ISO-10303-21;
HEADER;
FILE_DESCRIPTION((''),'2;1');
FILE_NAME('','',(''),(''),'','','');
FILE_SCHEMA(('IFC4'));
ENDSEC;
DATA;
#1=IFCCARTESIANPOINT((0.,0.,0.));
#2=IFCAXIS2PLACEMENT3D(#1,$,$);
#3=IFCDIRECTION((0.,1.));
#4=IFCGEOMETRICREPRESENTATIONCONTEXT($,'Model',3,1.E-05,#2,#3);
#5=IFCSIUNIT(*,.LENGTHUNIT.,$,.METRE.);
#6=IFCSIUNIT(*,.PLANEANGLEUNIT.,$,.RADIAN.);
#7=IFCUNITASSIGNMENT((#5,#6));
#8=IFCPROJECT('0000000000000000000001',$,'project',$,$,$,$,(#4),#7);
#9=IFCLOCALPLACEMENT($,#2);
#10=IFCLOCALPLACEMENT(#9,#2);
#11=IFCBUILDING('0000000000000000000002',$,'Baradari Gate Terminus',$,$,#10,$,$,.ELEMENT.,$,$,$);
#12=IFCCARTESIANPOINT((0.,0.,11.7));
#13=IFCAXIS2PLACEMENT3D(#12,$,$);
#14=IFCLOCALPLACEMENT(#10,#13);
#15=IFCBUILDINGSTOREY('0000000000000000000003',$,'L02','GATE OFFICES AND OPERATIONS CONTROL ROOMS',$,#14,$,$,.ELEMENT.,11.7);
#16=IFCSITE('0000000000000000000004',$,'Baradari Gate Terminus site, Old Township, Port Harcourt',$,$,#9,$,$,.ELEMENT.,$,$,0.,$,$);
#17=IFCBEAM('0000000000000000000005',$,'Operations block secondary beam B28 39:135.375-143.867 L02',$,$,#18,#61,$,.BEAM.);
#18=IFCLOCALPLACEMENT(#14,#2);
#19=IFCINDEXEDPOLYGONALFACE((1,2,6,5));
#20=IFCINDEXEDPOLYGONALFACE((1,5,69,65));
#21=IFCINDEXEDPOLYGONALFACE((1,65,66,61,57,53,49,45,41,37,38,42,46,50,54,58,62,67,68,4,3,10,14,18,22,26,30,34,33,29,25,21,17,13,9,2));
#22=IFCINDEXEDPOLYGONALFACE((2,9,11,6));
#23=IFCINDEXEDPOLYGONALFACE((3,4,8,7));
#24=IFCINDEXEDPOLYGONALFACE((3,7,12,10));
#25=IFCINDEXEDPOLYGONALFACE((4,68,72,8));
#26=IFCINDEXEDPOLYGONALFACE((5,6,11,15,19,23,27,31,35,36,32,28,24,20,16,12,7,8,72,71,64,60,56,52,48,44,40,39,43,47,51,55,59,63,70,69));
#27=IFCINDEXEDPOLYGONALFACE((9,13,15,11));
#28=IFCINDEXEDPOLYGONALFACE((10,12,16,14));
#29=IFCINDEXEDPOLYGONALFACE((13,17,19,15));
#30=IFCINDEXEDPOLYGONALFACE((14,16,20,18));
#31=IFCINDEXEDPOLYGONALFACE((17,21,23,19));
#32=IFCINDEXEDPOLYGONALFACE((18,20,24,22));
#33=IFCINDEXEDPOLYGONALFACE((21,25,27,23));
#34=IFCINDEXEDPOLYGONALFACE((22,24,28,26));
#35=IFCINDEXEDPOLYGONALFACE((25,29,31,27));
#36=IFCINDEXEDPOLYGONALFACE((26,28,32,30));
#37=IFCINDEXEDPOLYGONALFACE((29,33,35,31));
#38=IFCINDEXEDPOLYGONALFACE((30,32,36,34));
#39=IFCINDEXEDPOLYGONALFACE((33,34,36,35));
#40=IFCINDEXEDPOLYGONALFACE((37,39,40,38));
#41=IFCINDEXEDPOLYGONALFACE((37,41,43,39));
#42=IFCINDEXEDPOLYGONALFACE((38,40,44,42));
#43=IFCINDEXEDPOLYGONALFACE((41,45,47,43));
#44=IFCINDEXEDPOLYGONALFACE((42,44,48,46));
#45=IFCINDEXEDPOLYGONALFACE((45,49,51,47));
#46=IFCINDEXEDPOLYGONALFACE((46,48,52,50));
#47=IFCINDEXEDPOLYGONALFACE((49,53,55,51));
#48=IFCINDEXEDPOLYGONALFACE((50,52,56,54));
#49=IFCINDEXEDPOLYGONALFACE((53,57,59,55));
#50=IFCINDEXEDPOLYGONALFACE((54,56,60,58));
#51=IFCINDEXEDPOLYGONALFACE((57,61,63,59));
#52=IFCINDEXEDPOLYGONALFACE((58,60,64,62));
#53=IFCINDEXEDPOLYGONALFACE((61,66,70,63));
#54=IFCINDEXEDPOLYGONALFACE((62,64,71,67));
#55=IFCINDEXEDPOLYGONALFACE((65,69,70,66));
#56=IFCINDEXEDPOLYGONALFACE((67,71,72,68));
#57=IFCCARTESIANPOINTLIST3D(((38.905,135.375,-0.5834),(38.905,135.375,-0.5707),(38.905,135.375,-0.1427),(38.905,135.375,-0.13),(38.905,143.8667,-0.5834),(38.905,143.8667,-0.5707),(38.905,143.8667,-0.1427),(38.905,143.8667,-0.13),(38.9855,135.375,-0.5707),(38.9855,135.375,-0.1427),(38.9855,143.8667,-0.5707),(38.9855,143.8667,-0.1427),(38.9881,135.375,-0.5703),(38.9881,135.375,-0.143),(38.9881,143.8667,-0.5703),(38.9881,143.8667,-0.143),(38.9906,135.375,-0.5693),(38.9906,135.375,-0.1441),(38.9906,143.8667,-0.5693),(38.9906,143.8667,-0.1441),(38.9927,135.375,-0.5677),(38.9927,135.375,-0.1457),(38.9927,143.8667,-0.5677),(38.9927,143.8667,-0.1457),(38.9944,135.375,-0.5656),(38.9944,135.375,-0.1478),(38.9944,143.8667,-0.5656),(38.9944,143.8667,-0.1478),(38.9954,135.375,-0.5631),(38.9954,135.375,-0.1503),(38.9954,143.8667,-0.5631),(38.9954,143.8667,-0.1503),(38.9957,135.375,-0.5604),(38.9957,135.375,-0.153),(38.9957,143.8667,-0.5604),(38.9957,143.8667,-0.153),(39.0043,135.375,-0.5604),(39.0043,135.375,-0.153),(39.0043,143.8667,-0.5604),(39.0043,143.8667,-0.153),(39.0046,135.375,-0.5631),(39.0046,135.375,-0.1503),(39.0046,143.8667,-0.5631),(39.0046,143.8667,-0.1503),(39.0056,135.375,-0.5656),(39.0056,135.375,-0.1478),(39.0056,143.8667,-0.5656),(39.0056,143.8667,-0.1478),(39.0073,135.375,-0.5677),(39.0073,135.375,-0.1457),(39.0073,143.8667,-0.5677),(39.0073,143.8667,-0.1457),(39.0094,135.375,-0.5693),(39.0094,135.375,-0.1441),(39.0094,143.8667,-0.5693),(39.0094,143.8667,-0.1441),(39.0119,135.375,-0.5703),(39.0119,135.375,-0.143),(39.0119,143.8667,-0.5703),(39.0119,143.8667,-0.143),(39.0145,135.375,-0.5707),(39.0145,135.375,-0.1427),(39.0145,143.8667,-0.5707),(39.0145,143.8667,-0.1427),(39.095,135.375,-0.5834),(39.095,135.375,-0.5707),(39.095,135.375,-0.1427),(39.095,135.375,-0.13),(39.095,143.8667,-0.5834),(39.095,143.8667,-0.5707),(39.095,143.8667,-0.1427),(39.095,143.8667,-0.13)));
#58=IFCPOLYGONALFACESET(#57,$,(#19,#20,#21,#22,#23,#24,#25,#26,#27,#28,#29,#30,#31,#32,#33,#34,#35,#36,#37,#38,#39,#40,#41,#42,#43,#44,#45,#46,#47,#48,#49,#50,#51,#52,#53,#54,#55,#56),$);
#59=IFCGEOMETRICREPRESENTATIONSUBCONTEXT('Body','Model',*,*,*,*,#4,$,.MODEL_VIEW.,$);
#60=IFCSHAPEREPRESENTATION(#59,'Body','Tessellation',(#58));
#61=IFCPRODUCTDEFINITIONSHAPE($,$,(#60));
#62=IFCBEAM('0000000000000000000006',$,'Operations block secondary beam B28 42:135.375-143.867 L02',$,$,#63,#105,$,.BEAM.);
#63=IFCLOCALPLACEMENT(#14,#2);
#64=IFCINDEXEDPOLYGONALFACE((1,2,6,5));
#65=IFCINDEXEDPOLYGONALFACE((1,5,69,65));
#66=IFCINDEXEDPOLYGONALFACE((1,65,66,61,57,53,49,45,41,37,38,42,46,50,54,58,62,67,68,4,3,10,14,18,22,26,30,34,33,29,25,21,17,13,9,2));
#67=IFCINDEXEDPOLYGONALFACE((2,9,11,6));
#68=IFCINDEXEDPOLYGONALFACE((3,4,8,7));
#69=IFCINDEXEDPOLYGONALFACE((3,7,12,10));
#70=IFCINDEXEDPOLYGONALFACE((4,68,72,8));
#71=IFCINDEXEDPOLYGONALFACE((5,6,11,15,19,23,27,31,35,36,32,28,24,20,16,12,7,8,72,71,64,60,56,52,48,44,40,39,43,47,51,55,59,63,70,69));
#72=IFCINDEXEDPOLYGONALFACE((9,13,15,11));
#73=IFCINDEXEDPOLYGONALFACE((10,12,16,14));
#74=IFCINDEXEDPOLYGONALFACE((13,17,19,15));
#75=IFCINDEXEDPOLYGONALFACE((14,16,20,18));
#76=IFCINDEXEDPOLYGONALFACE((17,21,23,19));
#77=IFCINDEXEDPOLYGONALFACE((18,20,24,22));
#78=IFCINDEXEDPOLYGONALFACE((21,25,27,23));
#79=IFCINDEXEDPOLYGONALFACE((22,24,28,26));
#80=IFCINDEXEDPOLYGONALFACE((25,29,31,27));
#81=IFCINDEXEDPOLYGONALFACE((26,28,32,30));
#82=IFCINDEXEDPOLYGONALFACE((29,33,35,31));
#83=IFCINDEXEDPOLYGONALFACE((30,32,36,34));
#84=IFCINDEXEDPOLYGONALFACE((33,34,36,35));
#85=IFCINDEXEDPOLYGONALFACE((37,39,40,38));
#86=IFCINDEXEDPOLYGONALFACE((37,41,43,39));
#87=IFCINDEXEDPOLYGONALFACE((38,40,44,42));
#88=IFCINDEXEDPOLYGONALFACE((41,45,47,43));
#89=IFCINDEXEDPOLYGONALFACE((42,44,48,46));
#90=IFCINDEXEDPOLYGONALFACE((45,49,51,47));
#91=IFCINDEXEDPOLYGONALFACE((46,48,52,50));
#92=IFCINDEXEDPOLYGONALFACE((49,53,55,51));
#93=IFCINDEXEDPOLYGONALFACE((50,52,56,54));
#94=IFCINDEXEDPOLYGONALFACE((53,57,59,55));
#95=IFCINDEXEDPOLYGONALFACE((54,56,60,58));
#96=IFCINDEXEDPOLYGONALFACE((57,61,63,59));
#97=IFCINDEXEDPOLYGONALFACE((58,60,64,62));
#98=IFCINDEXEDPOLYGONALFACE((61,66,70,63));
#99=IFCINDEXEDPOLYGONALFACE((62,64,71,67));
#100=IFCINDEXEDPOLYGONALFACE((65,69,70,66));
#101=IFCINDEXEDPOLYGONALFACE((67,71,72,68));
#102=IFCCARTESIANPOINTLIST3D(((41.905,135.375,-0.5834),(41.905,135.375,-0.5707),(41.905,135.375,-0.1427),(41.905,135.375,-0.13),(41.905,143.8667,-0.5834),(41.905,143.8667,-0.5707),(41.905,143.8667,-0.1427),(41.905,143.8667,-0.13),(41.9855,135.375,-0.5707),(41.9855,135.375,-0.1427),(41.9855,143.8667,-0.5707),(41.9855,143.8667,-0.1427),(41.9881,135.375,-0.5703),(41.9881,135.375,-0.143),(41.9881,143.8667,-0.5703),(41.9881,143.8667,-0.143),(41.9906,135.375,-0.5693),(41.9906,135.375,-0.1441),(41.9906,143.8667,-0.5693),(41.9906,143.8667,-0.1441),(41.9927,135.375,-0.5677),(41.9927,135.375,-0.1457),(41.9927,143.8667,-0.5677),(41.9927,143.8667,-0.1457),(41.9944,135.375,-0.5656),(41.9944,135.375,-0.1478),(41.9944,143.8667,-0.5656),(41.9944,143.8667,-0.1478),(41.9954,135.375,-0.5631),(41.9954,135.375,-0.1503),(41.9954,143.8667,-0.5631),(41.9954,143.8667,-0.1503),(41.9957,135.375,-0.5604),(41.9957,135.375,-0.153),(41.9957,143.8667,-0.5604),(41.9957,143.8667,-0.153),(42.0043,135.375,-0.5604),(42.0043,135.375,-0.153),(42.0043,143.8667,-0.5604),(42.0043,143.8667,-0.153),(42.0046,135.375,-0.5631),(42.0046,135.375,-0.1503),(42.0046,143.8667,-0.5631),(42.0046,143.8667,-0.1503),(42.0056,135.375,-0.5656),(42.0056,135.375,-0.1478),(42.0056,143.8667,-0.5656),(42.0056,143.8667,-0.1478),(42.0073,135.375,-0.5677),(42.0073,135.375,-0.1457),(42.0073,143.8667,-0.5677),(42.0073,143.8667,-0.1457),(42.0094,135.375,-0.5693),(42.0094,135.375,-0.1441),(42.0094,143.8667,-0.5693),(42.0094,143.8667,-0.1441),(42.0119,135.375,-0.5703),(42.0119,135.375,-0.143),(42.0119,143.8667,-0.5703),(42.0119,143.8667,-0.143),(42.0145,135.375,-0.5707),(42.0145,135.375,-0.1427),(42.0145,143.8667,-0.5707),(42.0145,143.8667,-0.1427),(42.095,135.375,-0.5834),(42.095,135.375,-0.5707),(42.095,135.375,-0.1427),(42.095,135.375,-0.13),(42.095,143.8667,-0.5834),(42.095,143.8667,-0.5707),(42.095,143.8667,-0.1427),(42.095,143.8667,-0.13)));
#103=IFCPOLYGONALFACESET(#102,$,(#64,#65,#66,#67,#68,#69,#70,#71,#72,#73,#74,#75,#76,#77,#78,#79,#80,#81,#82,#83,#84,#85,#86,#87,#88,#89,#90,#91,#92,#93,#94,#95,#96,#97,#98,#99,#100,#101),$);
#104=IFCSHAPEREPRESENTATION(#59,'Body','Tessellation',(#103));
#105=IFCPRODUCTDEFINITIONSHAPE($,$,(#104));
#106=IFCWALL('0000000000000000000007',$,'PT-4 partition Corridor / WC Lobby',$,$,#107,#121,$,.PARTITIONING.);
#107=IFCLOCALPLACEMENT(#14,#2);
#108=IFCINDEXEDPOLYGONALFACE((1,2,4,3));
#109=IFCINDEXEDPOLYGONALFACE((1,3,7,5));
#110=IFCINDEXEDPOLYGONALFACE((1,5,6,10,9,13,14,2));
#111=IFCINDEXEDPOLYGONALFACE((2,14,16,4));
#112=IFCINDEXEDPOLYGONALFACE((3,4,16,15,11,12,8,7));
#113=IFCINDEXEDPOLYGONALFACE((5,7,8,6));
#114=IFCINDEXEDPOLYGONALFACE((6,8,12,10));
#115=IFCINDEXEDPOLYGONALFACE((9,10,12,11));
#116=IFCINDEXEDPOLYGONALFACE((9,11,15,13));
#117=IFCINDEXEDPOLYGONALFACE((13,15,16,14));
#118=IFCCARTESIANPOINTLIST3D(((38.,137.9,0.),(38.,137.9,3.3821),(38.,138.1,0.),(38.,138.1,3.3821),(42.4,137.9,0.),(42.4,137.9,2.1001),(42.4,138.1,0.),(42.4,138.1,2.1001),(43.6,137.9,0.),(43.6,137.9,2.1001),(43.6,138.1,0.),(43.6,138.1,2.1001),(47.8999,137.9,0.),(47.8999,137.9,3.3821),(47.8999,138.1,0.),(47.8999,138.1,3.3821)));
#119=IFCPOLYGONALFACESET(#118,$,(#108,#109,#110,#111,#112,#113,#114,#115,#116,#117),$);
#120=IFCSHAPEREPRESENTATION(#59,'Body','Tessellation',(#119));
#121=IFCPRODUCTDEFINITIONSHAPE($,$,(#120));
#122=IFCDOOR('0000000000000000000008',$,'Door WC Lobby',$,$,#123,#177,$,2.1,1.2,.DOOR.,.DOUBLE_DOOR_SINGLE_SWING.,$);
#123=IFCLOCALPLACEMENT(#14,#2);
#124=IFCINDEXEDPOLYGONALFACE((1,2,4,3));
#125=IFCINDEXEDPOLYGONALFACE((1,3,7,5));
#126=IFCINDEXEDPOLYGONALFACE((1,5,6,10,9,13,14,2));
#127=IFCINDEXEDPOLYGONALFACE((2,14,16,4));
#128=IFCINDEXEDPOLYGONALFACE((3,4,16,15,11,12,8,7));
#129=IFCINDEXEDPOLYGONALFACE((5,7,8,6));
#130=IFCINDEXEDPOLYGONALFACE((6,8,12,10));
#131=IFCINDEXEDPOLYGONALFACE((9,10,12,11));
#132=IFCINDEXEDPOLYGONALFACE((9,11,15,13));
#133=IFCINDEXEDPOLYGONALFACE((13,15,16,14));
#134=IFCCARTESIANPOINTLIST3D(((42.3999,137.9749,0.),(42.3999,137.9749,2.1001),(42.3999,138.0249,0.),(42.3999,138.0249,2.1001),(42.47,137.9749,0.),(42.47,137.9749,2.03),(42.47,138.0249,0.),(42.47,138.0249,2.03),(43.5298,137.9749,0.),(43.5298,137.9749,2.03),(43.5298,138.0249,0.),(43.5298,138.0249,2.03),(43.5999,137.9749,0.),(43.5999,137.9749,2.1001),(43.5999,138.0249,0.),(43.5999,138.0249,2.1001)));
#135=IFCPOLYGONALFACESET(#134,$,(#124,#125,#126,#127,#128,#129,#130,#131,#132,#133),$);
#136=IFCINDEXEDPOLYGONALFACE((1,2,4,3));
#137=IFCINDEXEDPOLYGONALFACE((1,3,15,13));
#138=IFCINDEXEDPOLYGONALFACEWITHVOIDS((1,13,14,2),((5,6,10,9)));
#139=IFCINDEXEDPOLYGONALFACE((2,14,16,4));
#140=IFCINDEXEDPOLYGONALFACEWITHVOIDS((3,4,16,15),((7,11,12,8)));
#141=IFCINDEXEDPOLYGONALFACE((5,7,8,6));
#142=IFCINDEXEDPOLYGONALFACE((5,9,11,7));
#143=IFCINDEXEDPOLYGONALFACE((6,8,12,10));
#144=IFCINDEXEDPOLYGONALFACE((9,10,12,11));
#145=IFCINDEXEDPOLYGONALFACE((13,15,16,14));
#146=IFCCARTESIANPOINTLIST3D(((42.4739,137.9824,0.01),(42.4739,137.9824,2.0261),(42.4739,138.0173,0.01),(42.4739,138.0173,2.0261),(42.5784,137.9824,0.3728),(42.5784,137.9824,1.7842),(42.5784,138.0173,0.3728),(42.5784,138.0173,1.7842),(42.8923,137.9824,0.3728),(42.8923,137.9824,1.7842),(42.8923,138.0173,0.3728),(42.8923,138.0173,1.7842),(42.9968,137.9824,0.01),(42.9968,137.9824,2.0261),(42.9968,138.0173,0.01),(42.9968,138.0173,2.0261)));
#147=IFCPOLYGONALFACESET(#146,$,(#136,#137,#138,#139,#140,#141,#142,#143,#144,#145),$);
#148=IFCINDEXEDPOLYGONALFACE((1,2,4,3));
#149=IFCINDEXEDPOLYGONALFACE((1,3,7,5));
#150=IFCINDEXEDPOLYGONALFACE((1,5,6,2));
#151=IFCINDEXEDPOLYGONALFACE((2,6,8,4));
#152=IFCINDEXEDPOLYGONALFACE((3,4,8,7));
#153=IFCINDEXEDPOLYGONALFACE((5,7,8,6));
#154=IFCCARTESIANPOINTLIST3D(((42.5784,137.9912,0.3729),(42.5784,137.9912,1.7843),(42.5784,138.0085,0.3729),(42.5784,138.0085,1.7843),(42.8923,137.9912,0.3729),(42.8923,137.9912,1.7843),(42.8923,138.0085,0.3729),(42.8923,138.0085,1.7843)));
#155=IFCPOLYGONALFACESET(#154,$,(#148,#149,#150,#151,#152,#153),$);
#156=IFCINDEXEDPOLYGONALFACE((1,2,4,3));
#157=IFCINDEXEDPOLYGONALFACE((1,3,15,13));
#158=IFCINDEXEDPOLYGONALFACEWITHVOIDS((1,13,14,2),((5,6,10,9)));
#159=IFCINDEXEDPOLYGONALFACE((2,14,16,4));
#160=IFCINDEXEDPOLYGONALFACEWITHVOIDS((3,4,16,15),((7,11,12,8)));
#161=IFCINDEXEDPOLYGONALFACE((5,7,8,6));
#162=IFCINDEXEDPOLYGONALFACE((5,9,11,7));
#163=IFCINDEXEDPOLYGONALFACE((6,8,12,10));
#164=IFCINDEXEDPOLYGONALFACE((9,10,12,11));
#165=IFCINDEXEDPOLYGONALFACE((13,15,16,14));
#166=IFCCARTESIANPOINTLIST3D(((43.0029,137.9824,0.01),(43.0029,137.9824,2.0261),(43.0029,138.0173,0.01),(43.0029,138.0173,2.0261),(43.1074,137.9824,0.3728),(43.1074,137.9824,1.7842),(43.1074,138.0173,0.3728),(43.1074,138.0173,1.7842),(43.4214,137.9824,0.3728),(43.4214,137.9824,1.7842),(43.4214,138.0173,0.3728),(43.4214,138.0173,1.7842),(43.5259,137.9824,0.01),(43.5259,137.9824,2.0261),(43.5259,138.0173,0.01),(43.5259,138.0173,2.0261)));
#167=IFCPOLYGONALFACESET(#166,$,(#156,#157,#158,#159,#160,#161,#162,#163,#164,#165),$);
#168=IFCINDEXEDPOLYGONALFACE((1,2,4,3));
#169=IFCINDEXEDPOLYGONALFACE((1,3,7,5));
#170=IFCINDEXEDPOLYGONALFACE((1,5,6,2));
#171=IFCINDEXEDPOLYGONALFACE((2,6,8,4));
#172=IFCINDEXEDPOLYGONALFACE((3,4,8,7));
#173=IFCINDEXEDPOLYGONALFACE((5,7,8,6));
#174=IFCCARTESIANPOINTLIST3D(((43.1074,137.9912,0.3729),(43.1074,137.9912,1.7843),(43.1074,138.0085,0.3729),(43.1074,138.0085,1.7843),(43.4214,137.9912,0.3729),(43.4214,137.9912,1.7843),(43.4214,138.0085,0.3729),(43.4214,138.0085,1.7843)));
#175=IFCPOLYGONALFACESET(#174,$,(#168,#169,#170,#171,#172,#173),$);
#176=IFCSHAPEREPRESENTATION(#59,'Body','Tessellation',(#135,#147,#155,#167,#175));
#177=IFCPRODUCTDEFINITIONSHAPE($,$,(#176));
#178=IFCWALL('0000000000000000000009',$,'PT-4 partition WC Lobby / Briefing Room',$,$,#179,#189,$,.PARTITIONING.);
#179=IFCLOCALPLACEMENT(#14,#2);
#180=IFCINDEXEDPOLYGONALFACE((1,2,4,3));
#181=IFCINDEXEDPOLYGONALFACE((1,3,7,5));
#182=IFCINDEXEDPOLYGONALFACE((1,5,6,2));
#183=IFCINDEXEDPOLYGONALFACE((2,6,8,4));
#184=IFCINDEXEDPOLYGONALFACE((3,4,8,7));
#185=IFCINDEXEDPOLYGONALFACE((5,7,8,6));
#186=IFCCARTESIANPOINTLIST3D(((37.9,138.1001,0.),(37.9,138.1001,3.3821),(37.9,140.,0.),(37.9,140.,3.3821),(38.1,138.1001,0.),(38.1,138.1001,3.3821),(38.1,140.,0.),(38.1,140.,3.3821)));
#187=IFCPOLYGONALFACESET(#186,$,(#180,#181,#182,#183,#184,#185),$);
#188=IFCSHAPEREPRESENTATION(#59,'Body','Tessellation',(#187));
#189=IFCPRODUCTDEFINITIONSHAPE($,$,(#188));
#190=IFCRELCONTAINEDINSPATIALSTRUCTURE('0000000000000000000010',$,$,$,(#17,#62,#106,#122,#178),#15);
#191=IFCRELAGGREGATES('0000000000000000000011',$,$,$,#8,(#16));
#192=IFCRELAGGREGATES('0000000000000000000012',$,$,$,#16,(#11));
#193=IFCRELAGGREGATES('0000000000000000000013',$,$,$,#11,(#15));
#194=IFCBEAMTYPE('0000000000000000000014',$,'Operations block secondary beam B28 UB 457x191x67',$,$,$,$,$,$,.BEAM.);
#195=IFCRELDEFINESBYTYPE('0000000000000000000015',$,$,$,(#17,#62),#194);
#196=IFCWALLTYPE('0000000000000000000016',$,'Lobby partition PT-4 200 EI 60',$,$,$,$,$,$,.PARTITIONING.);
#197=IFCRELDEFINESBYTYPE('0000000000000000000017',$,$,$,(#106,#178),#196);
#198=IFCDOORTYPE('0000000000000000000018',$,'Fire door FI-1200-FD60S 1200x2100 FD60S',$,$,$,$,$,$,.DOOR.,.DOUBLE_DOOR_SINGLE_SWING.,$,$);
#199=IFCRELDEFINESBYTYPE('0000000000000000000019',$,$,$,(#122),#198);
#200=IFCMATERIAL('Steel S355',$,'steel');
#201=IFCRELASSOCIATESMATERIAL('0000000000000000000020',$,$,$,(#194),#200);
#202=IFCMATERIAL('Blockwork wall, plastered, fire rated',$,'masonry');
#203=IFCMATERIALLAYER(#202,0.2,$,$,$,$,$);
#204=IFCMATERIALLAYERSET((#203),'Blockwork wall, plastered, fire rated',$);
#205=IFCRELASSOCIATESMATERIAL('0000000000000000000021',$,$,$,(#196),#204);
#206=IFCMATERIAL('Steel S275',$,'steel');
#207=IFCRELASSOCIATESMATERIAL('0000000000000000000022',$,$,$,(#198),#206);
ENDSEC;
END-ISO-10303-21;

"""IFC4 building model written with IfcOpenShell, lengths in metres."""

from ifc_helpers import new_model, si_unit, direction, frame, frame_2d, origin, origin_2d, place, context, subcontext, project, spatial, polyline, rectangle, i_section, outline, extrude, material, layer, layer_set, material_profile, profile_set, type_object, element, fill, save


model = new_model("IFC4")

# Units and contexts
model_context = context("Model", 3, precision=1e-05, world=origin(), true_north=direction((0.0, 1.0)))
body_context = subcontext(model_context, "Body", "Model", "MODEL_VIEW")
ifc_project = project(units=[si_unit("LENGTHUNIT", "METRE"), si_unit("PLANEANGLEUNIT", "RADIAN")], contexts=[model_context])

# Site, building, storey
site_placement = place(None, origin())
site = spatial("IfcSite", under=ifc_project, at=site_placement, Name="Baradari Gate Terminus site, Old Township, Port Harcourt", CompositionType="ELEMENT", RefElevation=0.0)
building_placement = place(site_placement, origin())
building = spatial("IfcBuilding", under=site, at=building_placement, Name="Baradari Gate Terminus", CompositionType="ELEMENT")
storey_placement = place(building_placement, frame((0.0, 0.0, 11.7)))
storey = spatial("IfcBuildingStorey", under=building, at=storey_placement, Name="L02", Description="GATE OFFICES AND OPERATIONS CONTROL ROOMS", CompositionType="ELEMENT", Elevation=11.7)

# Beams
ifc_material_1 = material(Name="Steel S355", Category="steel")
ifc_material_profile_1 = material_profile(ifc_material_1, i_section(OverallWidth=0.1899, OverallDepth=0.4534, WebThickness=0.0085, FlangeThickness=0.0127, FilletRadius=0.0103, at=origin_2d()), Name="UB 457x191x67")
ifc_profile_set_1 = profile_set([ifc_material_profile_1], Name="Steel S355")
beam_type_1 = type_object("IfcBeamType", Name="Operations block secondary beam B28 UB 457x191x67", PredefinedType="BEAM", material=ifc_profile_set_1)
for number, where, z_axis, x_axis, name in (
    (1, (39.0, 135.375, -0.3567), (0.0, 1.0, 0.0), (-1.0, 0.0, 0.0), "Operations block secondary beam B28 39:135.375-143.867 L02"),
    (2, (42.0, 135.375, -0.3567), (0.0, 1.0, 0.0), (-1.0, 0.0, 0.0), "Operations block secondary beam B28 42:135.375-143.867 L02"),
):
    element("IfcBeam", number, at=place(storey_placement, frame(where, z_axis=z_axis, x_axis=x_axis)), inside=storey, type_object=beam_type_1, Name=name, PredefinedType="BEAM", context=body_context, shape_type="SweptSolid", body=[
        extrude(i_section(OverallWidth=0.1899, OverallDepth=0.4534, WebThickness=0.0085, FlangeThickness=0.0127, FilletRadius=0.0103, at=origin_2d()), origin(), (0.0, 0.0, 1.0), 8.4917),
    ])

# Wall, opening, door
ifc_material_2 = material(Name="Blockwork wall, plastered, fire rated", Category="masonry")
ifc_layer_1 = layer(ifc_material_2, 0.2)
ifc_layer_set_1 = layer_set([ifc_layer_1], Name="Blockwork wall, plastered, fire rated")
wall_type_1 = type_object("IfcWallType", Name="Lobby partition PT-4 200 EI 60", PredefinedType="PARTITIONING", material=ifc_layer_set_1)
wall_1_placement = place(storey_placement, frame((38.0, 138.0, 0.0), z_axis=(0.0, 0.0, 1.0), x_axis=(1.0, 0.0, 0.0)))
wall_1 = element("IfcWall", 3, at=wall_1_placement, inside=storey, type_object=wall_type_1, Name="PT-4 partition Corridor / WC Lobby", PredefinedType="PARTITIONING", context=body_context, shape_type="SweptSolid", body=[
    extrude(rectangle(XDim=9.8999, YDim=0.2, at=frame_2d((4.95, 0.0))), origin(), (0.0, 0.0, 1.0), 3.3821),
])
opening_1_placement = place(wall_1_placement, frame((4.3999, 0.0, 0.0)))
opening_1 = element("IfcOpeningElement", 4, at=opening_1_placement, cuts=wall_1, PredefinedType="OPENING", context=body_context, shape_type="SweptSolid", body=[
    extrude(rectangle(XDim=1.2, YDim=2.1001, at=frame_2d((0.6001, 1.05))), frame((0.0, 0.1099, 0.0), z_axis=(0.0, -1.0, 0.0), x_axis=(1.0, 0.0, 0.0)), (0.0, 0.0, 1.0), 0.22),
])
ifc_material_3 = material(Name="Steel S275", Category="steel")
door_type_1 = type_object("IfcDoorType", Name="Fire door FI-1200-FD60S 1200x2100 FD60S", OperationType="DOUBLE_DOOR_SINGLE_SWING", PredefinedType="DOOR", material=ifc_material_3)
door_1_placement = place(opening_1_placement, origin())
door_1 = element("IfcDoor", 5, at=door_1_placement, inside=storey, type_object=door_type_1, Name="Door WC Lobby", OperationType="DOUBLE_DOOR_SINGLE_SWING", OverallHeight=2.1, OverallWidth=1.2, PredefinedType="DOOR", context=body_context, shape_type="SweptSolid", body=[
    extrude(outline(polyline([(0.0, 0.0), (0.0701, 0.0), (0.0701, 2.03), (1.1299, 2.03), (1.1299, 0.0), (1.2, 0.0), (1.2, 2.1001), (0.0, 2.1001), (0.0, 0.0)])), frame((0.0, 0.0249, 0.0), z_axis=(0.0, -1.0, 0.0), x_axis=(1.0, 0.0, 0.0)), (0.0, 0.0, 1.0), 0.05),
    extrude(outline(polyline([(0.074, 0.01), (0.5969, 0.01), (0.5969, 2.0261), (0.074, 2.0261), (0.074, 0.01)]), holes=[polyline([(0.1785, 0.3728), (0.4924, 0.3728), (0.4924, 1.7842), (0.1785, 1.7842), (0.1785, 0.3728)])]), frame((0.0, 0.0173, 0.0), z_axis=(0.0, -1.0, 0.0), x_axis=(1.0, 0.0, 0.0)), (0.0, 0.0, 1.0), 0.0349),
    extrude(rectangle(XDim=0.314, YDim=1.4114, at=frame_2d((0.3354, 1.0786))), frame((0.0, 0.0085, 0.0), z_axis=(0.0, -1.0, 0.0), x_axis=(1.0, 0.0, 0.0)), (0.0, 0.0, 1.0), 0.0173),
    extrude(outline(polyline([(0.603, 0.01), (1.126, 0.01), (1.126, 2.0261), (0.603, 2.0261), (0.603, 0.01)]), holes=[polyline([(0.7075, 0.3728), (1.0215, 0.3728), (1.0215, 1.7842), (0.7075, 1.7842), (0.7075, 0.3728)])]), frame((0.0, 0.0173, 0.0), z_axis=(0.0, -1.0, 0.0), x_axis=(1.0, 0.0, 0.0)), (0.0, 0.0, 1.0), 0.0349),
    extrude(rectangle(XDim=0.314, YDim=1.4114, at=frame_2d((0.8645, 1.0786))), frame((0.0, 0.0085, 0.0), z_axis=(0.0, -1.0, 0.0), x_axis=(1.0, 0.0, 0.0)), (0.0, 0.0, 1.0), 0.0173),
])
fill(opening_1, door_1)

# Wall
wall_2_placement = place(storey_placement, frame((38.0, 138.1001, 0.0), z_axis=(0.0, 0.0, 1.0), x_axis=(0.0, 1.0, 0.0)))
element("IfcWall", 6, at=wall_2_placement, inside=storey, type_object=wall_type_1, Name="PT-4 partition WC Lobby / Briefing Room", PredefinedType="PARTITIONING", context=body_context, shape_type="SweptSolid", body=[
    extrude(rectangle(XDim=1.8999, YDim=0.2, at=frame_2d((0.95, 0.0))), origin(), (0.0, 0.0, 1.0), 3.3821),
])

save(model, "model.ifc")
